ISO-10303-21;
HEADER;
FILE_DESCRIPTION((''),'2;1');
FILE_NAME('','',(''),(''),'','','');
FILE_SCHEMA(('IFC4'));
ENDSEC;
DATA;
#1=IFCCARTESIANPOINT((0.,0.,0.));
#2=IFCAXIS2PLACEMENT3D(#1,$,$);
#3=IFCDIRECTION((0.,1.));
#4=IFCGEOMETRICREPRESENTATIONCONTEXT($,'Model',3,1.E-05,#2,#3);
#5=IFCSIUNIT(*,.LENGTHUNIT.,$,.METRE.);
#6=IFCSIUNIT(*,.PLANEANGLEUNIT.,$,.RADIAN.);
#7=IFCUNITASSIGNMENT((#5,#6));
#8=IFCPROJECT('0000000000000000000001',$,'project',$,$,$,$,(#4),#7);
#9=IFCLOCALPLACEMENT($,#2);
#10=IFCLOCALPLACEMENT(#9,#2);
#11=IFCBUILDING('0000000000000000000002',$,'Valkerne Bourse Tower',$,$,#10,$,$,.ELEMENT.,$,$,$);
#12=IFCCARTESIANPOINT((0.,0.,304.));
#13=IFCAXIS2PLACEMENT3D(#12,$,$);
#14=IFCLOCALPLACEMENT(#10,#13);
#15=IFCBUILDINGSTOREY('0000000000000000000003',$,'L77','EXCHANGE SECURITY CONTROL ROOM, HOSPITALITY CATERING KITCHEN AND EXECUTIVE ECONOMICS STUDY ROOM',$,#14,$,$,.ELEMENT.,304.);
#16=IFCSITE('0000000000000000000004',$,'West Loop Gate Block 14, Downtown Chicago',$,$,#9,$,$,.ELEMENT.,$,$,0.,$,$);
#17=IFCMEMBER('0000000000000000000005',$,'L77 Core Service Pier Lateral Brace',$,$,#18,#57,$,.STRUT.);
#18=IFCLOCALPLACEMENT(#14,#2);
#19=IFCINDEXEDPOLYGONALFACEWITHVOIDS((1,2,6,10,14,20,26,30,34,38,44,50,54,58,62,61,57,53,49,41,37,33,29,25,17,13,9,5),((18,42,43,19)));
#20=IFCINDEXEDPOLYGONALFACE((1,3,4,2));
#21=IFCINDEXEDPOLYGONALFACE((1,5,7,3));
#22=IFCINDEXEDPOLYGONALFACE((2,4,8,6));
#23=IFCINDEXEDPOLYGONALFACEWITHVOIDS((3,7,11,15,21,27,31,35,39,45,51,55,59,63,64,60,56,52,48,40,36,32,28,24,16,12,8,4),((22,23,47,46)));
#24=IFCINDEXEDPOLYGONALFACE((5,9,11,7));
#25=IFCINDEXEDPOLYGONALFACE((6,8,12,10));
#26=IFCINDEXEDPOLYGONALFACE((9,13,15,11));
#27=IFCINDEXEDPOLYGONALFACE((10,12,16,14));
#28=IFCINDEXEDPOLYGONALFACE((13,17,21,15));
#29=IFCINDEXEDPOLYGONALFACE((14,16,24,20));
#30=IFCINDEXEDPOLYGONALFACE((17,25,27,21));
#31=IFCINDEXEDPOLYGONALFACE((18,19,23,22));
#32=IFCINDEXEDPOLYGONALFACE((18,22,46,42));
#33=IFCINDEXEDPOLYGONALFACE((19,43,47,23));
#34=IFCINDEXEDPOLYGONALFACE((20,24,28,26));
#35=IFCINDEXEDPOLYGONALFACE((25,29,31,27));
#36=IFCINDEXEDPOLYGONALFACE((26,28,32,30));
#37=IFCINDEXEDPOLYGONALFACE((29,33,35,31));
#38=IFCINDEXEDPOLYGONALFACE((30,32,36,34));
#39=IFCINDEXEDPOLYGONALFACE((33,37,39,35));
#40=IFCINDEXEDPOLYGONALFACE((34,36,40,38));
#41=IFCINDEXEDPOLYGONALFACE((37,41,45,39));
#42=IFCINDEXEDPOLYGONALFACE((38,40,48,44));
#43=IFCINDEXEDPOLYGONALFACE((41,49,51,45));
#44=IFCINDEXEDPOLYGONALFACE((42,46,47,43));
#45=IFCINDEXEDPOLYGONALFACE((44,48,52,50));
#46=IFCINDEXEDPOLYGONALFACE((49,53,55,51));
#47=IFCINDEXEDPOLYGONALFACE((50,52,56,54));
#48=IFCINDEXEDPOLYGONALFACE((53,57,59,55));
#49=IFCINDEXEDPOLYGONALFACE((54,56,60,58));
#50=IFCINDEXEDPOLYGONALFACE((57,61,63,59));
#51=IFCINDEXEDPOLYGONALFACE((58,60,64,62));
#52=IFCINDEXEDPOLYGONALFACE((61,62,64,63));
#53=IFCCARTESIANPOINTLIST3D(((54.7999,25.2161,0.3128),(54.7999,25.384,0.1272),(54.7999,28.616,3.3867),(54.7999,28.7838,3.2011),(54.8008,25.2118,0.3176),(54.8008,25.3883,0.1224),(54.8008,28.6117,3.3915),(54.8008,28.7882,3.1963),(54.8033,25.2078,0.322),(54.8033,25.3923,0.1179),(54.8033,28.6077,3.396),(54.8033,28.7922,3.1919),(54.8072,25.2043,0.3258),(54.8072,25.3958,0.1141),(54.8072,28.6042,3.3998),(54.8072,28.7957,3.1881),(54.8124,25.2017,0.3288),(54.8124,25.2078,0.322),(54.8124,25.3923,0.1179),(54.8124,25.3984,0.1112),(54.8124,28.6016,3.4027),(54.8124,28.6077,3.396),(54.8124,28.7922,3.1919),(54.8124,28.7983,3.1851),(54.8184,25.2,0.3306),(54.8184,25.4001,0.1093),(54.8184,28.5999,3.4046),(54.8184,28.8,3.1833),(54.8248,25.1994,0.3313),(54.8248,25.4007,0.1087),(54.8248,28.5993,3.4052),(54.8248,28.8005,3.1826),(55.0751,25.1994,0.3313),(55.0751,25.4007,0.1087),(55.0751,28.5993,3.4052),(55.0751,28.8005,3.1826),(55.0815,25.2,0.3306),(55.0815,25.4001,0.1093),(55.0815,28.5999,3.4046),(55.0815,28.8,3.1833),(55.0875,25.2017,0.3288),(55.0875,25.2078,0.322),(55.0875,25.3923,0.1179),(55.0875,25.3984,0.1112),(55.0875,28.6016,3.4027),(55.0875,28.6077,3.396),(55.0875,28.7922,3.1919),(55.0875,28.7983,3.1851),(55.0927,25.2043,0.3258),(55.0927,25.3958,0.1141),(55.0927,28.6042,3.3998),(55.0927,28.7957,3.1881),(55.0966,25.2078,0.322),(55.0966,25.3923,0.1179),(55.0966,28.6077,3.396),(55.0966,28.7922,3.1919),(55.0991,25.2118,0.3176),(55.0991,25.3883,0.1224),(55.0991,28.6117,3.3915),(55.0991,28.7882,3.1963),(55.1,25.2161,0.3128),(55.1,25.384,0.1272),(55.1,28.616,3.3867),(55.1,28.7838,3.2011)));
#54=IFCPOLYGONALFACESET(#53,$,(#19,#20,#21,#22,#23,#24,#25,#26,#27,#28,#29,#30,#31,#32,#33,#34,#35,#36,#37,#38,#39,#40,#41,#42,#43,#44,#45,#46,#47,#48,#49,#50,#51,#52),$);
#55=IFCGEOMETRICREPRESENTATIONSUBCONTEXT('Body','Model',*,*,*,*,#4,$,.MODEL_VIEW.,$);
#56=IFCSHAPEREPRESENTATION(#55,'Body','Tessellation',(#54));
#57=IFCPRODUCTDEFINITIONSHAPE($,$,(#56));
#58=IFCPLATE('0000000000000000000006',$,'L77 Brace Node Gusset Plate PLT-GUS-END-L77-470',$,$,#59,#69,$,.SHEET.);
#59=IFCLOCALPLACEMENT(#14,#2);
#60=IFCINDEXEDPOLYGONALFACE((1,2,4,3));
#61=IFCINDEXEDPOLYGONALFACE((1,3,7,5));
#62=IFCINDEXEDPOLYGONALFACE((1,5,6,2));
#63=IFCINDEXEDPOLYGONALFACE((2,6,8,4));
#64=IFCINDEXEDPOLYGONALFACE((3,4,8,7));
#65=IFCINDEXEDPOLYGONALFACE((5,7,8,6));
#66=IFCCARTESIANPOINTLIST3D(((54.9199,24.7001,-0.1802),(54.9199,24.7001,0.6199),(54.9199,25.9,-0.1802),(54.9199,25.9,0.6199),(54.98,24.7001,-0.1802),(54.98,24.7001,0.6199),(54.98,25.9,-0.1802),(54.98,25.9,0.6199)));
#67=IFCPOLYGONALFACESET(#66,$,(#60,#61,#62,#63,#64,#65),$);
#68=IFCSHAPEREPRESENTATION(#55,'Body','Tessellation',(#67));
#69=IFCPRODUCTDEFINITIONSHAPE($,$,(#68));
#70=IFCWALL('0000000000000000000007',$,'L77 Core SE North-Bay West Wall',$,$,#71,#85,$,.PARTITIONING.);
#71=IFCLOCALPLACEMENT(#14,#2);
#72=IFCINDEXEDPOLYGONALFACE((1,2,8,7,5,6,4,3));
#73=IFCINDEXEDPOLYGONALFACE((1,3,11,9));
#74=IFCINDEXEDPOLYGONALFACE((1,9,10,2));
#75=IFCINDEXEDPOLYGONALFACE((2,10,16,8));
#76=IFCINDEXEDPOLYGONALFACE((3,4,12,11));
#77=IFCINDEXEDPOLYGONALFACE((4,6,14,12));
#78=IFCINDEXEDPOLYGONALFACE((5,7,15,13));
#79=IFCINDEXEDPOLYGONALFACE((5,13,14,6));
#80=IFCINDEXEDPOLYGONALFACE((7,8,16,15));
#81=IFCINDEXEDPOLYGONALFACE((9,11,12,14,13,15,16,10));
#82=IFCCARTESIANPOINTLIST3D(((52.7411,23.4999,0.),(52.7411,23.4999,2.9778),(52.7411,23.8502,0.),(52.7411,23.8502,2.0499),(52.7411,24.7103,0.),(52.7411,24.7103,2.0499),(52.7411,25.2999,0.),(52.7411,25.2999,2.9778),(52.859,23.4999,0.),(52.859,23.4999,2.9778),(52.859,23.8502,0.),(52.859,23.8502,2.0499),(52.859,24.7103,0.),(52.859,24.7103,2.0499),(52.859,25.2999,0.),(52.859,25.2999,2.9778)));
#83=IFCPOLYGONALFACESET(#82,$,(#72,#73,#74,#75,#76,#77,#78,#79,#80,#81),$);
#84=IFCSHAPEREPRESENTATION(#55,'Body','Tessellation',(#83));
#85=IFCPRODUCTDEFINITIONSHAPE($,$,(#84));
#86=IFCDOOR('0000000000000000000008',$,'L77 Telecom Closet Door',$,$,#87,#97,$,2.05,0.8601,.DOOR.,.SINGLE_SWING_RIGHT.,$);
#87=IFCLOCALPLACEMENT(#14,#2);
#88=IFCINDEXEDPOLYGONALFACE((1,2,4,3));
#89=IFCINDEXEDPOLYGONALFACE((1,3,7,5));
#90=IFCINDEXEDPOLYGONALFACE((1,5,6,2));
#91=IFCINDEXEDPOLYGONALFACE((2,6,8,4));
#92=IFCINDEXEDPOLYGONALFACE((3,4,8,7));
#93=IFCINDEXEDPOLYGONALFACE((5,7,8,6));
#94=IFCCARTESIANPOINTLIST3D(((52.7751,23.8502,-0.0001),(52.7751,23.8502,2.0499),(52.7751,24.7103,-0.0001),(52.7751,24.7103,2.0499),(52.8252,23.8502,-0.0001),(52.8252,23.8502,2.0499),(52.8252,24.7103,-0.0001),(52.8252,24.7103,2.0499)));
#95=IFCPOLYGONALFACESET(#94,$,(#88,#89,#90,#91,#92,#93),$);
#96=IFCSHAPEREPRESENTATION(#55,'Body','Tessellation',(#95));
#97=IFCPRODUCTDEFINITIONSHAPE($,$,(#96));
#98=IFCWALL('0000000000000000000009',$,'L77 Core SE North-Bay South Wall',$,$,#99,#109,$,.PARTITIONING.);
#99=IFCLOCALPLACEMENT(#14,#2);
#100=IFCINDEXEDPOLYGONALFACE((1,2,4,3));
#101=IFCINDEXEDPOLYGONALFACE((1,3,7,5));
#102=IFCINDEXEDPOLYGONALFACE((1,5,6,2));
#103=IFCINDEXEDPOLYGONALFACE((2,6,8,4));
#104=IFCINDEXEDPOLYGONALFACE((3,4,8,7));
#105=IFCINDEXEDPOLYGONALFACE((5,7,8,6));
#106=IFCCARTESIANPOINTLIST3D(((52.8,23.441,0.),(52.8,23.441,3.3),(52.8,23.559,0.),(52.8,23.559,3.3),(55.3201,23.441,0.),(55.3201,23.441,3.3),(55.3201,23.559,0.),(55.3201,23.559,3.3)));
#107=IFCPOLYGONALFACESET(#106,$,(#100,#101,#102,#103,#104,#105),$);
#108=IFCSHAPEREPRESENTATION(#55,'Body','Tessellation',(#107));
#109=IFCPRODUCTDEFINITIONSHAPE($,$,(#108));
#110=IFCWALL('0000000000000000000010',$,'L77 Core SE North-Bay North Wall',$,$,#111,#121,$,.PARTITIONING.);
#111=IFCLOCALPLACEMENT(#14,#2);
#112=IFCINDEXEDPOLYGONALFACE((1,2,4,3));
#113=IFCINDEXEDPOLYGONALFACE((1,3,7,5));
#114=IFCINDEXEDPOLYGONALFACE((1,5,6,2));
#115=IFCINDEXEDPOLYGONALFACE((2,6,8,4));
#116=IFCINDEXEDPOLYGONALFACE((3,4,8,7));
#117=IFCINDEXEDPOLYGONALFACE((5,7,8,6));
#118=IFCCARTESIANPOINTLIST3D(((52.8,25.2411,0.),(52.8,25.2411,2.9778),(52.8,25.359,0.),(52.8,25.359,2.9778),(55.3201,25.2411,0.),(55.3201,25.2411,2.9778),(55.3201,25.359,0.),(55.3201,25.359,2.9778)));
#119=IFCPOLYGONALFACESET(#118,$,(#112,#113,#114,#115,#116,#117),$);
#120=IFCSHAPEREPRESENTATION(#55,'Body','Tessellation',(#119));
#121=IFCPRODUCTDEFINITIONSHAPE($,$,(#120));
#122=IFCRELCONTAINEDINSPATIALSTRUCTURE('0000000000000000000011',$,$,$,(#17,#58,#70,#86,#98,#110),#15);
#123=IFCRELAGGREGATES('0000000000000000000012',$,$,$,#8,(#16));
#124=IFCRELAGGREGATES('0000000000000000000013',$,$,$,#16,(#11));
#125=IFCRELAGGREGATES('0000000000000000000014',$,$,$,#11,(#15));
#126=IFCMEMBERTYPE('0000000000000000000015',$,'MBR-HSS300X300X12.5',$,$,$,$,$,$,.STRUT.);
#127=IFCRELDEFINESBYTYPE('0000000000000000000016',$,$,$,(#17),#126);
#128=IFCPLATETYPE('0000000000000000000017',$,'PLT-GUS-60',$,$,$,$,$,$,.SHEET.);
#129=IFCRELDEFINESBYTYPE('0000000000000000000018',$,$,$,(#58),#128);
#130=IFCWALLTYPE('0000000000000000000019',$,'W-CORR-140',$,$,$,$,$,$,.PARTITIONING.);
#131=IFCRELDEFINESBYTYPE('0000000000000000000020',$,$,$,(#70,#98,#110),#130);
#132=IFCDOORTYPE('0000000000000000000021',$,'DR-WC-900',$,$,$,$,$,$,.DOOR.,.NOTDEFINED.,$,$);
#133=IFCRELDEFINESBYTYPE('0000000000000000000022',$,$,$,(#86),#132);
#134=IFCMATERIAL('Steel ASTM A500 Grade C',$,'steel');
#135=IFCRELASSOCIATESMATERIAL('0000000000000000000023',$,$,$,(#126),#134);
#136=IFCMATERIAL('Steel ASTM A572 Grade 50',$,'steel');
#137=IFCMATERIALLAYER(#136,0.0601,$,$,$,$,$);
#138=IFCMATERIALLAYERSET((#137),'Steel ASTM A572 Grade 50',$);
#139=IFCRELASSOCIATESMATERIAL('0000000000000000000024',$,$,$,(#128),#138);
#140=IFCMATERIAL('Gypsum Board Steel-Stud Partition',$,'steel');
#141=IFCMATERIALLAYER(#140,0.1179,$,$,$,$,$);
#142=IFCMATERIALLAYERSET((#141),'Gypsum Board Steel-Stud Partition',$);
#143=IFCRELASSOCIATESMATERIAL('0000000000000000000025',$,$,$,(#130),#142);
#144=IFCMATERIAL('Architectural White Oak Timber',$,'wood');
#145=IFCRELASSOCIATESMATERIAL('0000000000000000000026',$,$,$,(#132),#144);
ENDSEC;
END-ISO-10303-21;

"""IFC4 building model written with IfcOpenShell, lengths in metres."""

from ifc_helpers import new_model, si_unit, direction, frame, frame_2d, origin, origin_2d, place, context, subcontext, project, spatial, rectangle, hollow_rectangle, extrude, material, layer, layer_set, material_profile, profile_set, type_object, element, fill, save


model = new_model("IFC4")

# Units and contexts
model_context = context("Model", 3, precision=1e-05, world=origin(), true_north=direction((0.0, 1.0)))
body_context = subcontext(model_context, "Body", "Model", "MODEL_VIEW")
ifc_project = project(units=[si_unit("LENGTHUNIT", "METRE"), si_unit("PLANEANGLEUNIT", "RADIAN")], contexts=[model_context])

# Site, building, storey
site_placement = place(None, origin())
site = spatial("IfcSite", under=ifc_project, at=site_placement, Name="West Loop Gate Block 14, Downtown Chicago", CompositionType="ELEMENT", RefElevation=0.0)
building_placement = place(site_placement, origin())
building = spatial("IfcBuilding", under=site, at=building_placement, Name="Valkerne Bourse Tower", CompositionType="ELEMENT")
storey_placement = place(building_placement, frame((0.0, 0.0, 304.0)))
storey = spatial("IfcBuildingStorey", under=building, at=storey_placement, Name="L77", Description="EXCHANGE SECURITY CONTROL ROOM, HOSPITALITY CATERING KITCHEN AND EXECUTIVE ECONOMICS STUDY ROOM", CompositionType="ELEMENT", Elevation=304.0)

# Shared definitions
ifc_material_1 = material(Name="Steel ASTM A500 Grade C", Category="steel")

# Member
ifc_material_profile_1 = material_profile(ifc_material_1, hollow_rectangle(XDim=0.3, YDim=0.3, WallThickness=0.0125, OuterFilletRadius=0.0249, at=origin_2d()), Name="HSS300X300X12.5")
ifc_profile_set_1 = profile_set([ifc_material_profile_1], Name="Steel ASTM A500 Grade C")
member_type_1 = type_object("IfcMemberType", Name="MBR-HSS300X300X12.5", PredefinedType="STRUT", material=ifc_profile_set_1)
member_1_placement = place(storey_placement, frame((54.95, 25.3, 0.22), z_axis=(0.0, 0.741767, 0.670658), x_axis=(-1.0, 0.0, 0.0)))
element("IfcMember", 1, at=member_1_placement, inside=storey, type_object=member_type_1, Name="L77 Core Service Pier Lateral Brace", PredefinedType="STRUT", context=body_context, shape_type="SweptSolid", body=[
    extrude(hollow_rectangle(XDim=0.3, YDim=0.3, WallThickness=0.0125, OuterFilletRadius=0.0249, at=origin_2d()), origin(), (0.0, 0.0, 1.0), 4.5835),
])

# Plate
ifc_material_2 = material(Name="Steel ASTM A572 Grade 50", Category="steel")
ifc_layer_1 = layer(ifc_material_2, 0.0601)
ifc_layer_set_1 = layer_set([ifc_layer_1], Name="Steel ASTM A572 Grade 50")
plate_type = type_object("IfcPlateType", Name="PLT-GUS-60", PredefinedType="SHEET", material=ifc_layer_set_1)
plate_placement = place(storey_placement, frame((54.95, 25.3, -0.1802), z_axis=(0.0, 0.0, 1.0), x_axis=(0.0, 1.0, 0.0)))
element("IfcPlate", 2, at=plate_placement, inside=storey, type_object=plate_type, Name="L77 Brace Node Gusset Plate PLT-GUS-END-L77-470", PredefinedType="SHEET", context=body_context, shape_type="SweptSolid", body=[
    extrude(rectangle(XDim=1.2, YDim=0.0601, at=origin_2d()), origin(), (0.0, 0.0, 1.0), 0.8),
])

# Wall, opening, door
ifc_material_3 = material(Name="Gypsum Board Steel-Stud Partition", Category="steel")
ifc_layer_2 = layer(ifc_material_3, 0.1179)
ifc_layer_set_2 = layer_set([ifc_layer_2], Name="Gypsum Board Steel-Stud Partition")
wall_type_1 = type_object("IfcWallType", Name="W-CORR-140", PredefinedType="PARTITIONING", material=ifc_layer_set_2)
wall_1_placement = place(storey_placement, frame((52.8, 23.5, 0.0), z_axis=(0.0, 0.0, 1.0), x_axis=(0.0, 1.0, 0.0)))
wall_1 = element("IfcWall", 3, at=wall_1_placement, inside=storey, type_object=wall_type_1, Name="L77 Core SE North-Bay West Wall", PredefinedType="PARTITIONING", context=body_context, shape_type="SweptSolid", body=[
    extrude(rectangle(XDim=1.8, YDim=0.1179, at=frame_2d((0.8999, 0.0))), origin(), (0.0, 0.0, 1.0), 2.9778),
])
opening_1_placement = place(wall_1_placement, frame((0.3501, 0.0, 0.0)))
opening_1 = element("IfcOpeningElement", 4, at=opening_1_placement, cuts=wall_1, PredefinedType="OPENING", context=body_context, shape_type="SweptSolid", body=[
    extrude(rectangle(XDim=0.8601, YDim=2.05, at=frame_2d((0.4302, 1.0249))), frame((0.0, 0.0688, 0.0), z_axis=(0.0, -1.0, 0.0), x_axis=(1.0, 0.0, 0.0)), (0.0, 0.0, 1.0), 0.1379),
])
ifc_material_4 = material(Name="Architectural White Oak Timber", Category="wood")
door_type_1 = type_object("IfcDoorType", Name="DR-WC-900", OperationType="NOTDEFINED", PredefinedType="DOOR", material=ifc_material_4)
door_1_placement = place(opening_1_placement, origin())
door_1 = element("IfcDoor", 5, at=door_1_placement, inside=storey, type_object=door_type_1, Name="L77 Telecom Closet Door", OperationType="SINGLE_SWING_RIGHT", OverallHeight=2.05, OverallWidth=0.8601, PredefinedType="DOOR", context=body_context, shape_type="SweptSolid", body=[
    extrude(rectangle(XDim=0.8601, YDim=2.05, at=frame_2d((0.4302, 1.0249))), frame((0.0, 0.0249, 0.0), z_axis=(0.0, -1.0, 0.0), x_axis=(1.0, 0.0, 0.0)), (0.0, 0.0, 1.0), 0.05),
])
fill(opening_1, door_1)

# Walls
wall_2_placement = place(storey_placement, frame((52.8, 23.5, 0.0), z_axis=(0.0, 0.0, 1.0), x_axis=(1.0, 0.0, 0.0)))
element("IfcWall", 6, at=wall_2_placement, inside=storey, type_object=wall_type_1, Name="L77 Core SE North-Bay South Wall", PredefinedType="PARTITIONING", context=body_context, shape_type="SweptSolid", body=[
    extrude(rectangle(XDim=2.52, YDim=0.1179, at=frame_2d((1.26, 0.0))), origin(), (0.0, 0.0, 1.0), 3.3),
])
wall_3_placement = place(storey_placement, frame((52.8, 25.3, 0.0), z_axis=(0.0, 0.0, 1.0), x_axis=(1.0, 0.0, 0.0)))
element("IfcWall", 7, at=wall_3_placement, inside=storey, type_object=wall_type_1, Name="L77 Core SE North-Bay North Wall", PredefinedType="PARTITIONING", context=body_context, shape_type="SweptSolid", body=[
    extrude(rectangle(XDim=2.52, YDim=0.1179, at=frame_2d((1.26, 0.0))), origin(), (0.0, 0.0, 1.0), 2.9778),
])

save(model, "model.ifc")
